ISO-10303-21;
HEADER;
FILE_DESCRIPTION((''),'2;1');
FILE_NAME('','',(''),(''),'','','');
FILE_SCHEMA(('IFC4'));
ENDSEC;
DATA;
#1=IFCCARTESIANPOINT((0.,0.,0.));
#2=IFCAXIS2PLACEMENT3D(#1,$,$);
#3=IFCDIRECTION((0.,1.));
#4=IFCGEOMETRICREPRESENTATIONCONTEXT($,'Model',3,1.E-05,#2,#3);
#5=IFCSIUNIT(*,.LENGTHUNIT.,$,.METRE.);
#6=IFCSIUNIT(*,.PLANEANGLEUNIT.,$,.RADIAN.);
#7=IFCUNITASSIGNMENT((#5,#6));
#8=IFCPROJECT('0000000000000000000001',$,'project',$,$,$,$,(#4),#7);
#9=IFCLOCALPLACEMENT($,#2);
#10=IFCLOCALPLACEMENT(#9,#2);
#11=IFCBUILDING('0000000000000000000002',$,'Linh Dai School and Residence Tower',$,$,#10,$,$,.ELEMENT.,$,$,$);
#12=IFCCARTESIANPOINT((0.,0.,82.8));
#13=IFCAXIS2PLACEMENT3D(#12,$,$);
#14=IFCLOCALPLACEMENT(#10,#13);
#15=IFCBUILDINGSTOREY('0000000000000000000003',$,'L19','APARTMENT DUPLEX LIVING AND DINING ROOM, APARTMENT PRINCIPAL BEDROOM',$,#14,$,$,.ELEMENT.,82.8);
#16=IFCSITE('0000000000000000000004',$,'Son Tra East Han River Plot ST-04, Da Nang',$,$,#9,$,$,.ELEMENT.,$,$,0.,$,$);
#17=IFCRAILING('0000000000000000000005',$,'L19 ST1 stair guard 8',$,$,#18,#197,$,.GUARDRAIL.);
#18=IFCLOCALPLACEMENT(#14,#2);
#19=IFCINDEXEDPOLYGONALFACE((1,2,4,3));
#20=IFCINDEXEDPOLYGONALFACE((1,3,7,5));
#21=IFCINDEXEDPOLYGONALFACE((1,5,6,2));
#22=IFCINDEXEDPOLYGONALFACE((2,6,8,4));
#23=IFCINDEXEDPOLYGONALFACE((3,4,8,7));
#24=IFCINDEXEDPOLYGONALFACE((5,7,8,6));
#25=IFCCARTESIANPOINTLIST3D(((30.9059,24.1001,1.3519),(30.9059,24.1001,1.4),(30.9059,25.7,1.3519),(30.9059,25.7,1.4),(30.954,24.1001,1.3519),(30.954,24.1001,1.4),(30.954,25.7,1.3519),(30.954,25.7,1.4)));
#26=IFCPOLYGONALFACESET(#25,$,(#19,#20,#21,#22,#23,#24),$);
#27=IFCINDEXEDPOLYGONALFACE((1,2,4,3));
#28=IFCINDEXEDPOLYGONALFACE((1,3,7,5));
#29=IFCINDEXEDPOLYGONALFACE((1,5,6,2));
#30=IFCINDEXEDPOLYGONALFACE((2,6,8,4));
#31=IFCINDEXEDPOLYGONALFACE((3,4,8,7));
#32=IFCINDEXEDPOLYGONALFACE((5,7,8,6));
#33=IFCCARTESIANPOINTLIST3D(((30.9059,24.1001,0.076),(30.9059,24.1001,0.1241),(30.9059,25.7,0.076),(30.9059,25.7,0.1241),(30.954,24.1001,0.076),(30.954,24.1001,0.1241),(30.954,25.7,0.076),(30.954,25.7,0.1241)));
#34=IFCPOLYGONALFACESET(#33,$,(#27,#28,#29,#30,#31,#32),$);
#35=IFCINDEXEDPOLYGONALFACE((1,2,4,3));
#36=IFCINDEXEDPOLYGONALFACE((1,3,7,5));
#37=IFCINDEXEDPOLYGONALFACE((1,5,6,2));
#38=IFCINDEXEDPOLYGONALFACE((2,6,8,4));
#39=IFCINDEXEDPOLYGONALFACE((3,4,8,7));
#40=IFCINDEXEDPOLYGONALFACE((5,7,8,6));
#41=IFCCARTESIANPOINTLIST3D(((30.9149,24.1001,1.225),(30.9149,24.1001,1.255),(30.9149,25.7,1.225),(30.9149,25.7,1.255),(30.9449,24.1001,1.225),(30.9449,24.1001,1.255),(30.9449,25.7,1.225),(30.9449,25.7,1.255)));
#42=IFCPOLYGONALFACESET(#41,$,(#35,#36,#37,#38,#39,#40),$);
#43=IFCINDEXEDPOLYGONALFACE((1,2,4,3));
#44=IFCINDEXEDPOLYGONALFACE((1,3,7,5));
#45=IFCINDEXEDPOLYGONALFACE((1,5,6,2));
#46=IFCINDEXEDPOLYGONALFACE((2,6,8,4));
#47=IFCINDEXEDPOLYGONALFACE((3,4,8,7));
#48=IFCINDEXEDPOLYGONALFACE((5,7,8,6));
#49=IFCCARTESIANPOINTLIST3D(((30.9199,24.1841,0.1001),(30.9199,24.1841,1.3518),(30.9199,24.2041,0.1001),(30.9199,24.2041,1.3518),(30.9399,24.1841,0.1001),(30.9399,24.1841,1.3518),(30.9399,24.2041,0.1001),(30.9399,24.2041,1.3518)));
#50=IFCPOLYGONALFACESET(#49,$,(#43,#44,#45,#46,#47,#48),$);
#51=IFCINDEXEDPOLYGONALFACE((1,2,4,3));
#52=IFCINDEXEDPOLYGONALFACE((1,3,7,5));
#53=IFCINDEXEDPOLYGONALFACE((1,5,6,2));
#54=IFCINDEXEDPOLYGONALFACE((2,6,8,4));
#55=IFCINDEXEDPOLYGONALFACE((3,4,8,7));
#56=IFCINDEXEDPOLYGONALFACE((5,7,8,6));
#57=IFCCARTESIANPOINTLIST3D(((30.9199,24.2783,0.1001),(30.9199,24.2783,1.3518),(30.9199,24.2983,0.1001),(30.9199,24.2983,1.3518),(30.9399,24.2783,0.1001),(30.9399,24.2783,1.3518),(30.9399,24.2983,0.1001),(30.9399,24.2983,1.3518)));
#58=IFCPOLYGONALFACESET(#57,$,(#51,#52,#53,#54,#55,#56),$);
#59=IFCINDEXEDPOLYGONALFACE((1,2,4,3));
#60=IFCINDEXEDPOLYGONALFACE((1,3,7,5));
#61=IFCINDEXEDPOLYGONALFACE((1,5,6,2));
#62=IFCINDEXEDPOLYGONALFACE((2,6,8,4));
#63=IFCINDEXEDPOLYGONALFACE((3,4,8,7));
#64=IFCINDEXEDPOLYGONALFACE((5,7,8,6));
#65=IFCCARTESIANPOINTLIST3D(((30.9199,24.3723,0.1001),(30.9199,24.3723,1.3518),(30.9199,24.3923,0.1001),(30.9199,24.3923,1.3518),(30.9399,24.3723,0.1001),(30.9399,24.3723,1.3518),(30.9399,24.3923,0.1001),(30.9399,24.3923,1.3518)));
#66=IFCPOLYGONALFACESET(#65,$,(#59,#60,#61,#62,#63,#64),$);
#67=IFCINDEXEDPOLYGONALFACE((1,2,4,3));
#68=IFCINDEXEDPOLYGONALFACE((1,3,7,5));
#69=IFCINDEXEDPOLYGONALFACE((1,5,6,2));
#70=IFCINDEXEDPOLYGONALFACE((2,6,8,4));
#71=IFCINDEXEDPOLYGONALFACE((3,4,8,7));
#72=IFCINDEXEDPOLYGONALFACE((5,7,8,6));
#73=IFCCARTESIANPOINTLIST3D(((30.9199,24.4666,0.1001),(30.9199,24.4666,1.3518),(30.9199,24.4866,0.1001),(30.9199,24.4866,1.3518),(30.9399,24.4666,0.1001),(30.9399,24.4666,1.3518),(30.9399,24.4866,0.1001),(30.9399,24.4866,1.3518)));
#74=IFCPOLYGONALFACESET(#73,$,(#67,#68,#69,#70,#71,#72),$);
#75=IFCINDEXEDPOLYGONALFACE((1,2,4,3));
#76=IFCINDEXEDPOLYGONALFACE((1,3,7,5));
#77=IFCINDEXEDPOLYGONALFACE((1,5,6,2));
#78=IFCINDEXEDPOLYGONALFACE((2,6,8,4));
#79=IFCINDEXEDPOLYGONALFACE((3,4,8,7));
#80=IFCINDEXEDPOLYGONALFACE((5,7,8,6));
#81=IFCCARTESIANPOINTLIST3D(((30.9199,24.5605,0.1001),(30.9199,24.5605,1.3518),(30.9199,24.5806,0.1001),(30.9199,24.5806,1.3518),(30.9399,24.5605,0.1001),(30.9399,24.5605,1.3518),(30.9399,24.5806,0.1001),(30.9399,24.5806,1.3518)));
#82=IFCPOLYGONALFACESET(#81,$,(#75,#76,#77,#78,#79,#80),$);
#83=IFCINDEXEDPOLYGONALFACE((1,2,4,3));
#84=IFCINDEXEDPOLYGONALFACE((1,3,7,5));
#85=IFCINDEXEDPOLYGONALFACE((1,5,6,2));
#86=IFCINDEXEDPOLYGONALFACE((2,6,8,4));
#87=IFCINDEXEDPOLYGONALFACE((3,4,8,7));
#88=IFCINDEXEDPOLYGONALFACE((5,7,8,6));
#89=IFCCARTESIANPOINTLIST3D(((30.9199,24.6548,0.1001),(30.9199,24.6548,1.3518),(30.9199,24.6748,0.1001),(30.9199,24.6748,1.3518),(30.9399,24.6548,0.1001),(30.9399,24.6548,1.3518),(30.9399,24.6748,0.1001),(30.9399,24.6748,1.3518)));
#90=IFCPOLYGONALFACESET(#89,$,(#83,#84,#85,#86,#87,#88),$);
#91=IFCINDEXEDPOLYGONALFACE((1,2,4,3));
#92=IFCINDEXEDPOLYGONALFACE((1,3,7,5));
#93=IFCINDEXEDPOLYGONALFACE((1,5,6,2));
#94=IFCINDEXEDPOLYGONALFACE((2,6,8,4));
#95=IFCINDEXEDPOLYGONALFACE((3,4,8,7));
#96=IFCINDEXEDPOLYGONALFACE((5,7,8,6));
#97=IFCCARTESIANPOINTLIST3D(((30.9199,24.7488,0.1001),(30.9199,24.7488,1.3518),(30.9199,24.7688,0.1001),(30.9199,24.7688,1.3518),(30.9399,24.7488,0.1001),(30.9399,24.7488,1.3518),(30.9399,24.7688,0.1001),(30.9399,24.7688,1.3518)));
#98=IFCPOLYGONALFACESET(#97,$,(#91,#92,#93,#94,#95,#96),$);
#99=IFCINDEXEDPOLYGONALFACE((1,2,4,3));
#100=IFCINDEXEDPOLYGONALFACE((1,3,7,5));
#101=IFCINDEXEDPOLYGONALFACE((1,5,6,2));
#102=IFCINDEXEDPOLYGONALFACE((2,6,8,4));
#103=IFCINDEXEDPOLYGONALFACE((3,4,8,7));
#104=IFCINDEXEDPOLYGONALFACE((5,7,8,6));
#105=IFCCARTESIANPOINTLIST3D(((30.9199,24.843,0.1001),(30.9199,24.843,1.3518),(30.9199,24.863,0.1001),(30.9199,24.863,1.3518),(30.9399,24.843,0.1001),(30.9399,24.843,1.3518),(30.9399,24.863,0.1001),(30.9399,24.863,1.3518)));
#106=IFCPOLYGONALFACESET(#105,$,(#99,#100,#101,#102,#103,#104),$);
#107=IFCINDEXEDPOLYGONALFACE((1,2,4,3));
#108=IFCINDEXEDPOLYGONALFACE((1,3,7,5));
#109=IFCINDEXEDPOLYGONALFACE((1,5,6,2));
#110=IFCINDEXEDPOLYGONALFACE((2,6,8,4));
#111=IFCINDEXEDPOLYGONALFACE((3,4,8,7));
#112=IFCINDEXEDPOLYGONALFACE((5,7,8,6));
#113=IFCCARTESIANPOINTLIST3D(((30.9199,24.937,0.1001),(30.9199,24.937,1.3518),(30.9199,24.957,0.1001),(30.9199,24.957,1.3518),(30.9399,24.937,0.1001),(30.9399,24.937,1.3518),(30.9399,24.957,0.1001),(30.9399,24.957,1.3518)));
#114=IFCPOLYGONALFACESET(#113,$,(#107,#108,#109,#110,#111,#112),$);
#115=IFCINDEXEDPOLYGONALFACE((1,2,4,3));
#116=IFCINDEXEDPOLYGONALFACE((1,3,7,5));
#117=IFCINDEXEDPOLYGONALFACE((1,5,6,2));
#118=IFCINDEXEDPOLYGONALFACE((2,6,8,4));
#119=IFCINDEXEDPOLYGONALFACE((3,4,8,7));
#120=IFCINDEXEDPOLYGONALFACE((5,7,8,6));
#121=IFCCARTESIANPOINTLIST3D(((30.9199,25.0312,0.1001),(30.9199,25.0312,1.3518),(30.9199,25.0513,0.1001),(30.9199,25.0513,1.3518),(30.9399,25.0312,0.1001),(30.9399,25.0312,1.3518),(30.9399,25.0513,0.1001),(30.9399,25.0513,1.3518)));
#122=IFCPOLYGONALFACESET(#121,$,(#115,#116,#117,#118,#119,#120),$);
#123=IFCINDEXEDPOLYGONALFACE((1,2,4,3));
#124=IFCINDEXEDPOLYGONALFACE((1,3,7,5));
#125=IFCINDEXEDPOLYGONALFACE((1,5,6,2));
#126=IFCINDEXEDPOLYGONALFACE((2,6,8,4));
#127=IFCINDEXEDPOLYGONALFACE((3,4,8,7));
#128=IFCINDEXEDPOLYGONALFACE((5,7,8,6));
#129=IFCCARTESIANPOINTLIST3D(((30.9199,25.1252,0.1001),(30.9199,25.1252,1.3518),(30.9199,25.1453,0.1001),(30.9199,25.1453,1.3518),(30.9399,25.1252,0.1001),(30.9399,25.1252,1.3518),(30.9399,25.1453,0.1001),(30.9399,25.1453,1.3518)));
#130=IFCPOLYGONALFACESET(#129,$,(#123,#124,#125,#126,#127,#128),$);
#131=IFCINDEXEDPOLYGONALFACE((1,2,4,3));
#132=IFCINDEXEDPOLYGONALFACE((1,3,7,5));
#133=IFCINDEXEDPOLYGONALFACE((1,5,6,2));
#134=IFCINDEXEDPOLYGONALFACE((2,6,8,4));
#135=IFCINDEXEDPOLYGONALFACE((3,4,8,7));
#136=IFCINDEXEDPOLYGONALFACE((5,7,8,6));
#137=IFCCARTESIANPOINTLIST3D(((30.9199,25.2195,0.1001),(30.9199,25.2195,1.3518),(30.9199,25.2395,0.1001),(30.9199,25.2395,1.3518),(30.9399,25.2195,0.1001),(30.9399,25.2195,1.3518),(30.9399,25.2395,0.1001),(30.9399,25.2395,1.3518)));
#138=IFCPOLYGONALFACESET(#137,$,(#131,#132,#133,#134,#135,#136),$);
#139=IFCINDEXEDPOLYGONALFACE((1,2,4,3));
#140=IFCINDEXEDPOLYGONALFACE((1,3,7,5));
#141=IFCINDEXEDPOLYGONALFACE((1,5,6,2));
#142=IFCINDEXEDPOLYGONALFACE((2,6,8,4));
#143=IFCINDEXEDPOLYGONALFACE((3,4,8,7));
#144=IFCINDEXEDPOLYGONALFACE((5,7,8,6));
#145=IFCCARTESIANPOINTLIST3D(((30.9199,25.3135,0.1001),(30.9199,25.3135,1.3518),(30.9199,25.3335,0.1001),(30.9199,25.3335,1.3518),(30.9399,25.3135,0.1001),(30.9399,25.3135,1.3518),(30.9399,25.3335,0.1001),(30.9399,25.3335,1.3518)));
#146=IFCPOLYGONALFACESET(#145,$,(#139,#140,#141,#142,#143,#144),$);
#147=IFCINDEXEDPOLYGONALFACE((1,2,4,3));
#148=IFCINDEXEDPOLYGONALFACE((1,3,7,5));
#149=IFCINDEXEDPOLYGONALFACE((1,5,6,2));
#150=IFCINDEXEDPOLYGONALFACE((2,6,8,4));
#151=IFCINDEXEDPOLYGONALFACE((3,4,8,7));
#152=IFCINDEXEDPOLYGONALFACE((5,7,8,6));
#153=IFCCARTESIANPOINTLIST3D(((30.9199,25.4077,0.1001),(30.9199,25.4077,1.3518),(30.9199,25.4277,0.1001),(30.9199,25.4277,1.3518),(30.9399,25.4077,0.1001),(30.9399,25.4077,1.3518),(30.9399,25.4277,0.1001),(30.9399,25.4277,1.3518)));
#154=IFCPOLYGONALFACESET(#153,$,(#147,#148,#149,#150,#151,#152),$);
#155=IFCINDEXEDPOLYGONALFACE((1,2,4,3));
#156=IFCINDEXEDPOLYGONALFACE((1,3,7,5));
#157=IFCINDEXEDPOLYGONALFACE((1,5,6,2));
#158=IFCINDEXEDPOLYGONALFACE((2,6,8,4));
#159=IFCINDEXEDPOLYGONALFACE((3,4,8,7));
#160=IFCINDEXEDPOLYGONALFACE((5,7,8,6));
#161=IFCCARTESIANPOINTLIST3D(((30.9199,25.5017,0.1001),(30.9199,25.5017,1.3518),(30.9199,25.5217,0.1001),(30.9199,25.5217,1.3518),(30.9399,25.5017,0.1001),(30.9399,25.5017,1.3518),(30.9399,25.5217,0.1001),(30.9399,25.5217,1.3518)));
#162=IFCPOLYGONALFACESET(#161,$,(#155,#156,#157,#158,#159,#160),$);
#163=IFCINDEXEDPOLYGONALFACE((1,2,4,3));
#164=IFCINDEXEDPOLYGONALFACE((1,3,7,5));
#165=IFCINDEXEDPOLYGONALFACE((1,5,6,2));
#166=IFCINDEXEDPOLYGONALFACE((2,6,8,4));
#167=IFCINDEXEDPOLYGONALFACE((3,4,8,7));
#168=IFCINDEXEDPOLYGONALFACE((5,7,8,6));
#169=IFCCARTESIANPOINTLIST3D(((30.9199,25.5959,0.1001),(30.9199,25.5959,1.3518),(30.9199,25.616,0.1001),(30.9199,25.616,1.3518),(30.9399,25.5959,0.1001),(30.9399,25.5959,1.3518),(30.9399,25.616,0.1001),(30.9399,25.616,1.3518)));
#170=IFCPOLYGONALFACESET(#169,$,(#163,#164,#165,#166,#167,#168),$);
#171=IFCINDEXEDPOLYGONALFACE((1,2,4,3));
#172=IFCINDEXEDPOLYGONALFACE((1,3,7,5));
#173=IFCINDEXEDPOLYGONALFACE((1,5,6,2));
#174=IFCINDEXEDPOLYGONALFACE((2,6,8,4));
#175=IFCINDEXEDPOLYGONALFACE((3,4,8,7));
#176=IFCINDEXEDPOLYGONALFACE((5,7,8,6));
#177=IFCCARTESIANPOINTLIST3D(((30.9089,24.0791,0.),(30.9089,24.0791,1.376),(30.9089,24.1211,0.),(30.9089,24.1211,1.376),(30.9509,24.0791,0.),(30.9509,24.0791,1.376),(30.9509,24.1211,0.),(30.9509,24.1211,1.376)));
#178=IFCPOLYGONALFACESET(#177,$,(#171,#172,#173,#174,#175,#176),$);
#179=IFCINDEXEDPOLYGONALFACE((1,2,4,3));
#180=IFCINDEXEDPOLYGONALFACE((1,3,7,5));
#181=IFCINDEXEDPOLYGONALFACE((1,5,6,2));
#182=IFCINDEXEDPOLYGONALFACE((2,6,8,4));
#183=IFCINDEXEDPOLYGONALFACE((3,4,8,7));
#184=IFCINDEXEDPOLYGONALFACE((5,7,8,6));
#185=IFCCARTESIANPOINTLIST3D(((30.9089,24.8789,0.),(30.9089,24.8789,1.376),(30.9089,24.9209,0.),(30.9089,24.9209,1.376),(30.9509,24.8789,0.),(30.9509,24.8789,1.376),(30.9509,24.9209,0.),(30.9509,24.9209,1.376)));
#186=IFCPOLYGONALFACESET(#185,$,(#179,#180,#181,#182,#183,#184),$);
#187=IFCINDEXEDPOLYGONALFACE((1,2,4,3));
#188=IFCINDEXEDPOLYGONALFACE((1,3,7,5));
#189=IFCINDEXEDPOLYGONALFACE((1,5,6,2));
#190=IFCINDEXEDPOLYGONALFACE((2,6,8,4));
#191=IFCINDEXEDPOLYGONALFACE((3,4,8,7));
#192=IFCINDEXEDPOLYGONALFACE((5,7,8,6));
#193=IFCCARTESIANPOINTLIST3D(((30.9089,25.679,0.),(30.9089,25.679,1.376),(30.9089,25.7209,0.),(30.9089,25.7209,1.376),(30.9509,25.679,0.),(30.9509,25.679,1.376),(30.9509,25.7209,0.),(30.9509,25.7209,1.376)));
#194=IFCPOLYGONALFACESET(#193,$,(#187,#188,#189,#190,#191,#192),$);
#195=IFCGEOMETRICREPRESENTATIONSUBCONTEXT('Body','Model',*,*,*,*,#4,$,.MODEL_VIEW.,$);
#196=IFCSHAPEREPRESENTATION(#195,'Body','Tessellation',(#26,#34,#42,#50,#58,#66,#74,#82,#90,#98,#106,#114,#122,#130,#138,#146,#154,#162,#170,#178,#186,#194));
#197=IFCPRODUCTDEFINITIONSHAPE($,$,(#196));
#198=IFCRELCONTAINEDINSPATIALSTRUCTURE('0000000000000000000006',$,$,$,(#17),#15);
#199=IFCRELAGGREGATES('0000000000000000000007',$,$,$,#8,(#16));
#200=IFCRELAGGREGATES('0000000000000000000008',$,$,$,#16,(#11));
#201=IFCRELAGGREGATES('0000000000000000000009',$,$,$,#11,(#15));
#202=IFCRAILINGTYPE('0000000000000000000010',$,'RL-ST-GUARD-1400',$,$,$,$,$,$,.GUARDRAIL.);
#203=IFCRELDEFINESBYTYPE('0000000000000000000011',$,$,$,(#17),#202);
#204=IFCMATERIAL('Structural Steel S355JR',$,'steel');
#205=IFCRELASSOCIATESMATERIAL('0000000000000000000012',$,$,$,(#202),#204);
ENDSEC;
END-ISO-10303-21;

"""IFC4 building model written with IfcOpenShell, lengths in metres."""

from ifc_helpers import new_model, si_unit, direction, frame, origin, origin_2d, place, context, subcontext, project, spatial, rectangle, extrude, source, transform, mapped, material, type_object, element, save


model = new_model("IFC4")

# Units and contexts
model_context = context("Model", 3, precision=1e-05, world=origin(), true_north=direction((0.0, 1.0)))
body_context = subcontext(model_context, "Body", "Model", "MODEL_VIEW")
ifc_project = project(units=[si_unit("LENGTHUNIT", "METRE"), si_unit("PLANEANGLEUNIT", "RADIAN")], contexts=[model_context])

# Site, building, storey
site_placement = place(None, origin())
site = spatial("IfcSite", under=ifc_project, at=site_placement, Name="Son Tra East Han River Plot ST-04, Da Nang", CompositionType="ELEMENT", RefElevation=0.0)
building_placement = place(site_placement, origin())
building = spatial("IfcBuilding", under=site, at=building_placement, Name="Linh Dai School and Residence Tower", CompositionType="ELEMENT")
storey_placement = place(building_placement, frame((0.0, 0.0, 82.8)))
storey = spatial("IfcBuildingStorey", under=building, at=storey_placement, Name="L19", Description="APARTMENT DUPLEX LIVING AND DINING ROOM, APARTMENT PRINCIPAL BEDROOM", CompositionType="ELEMENT", Elevation=82.8)

# Shared definitions
ifc_material_1 = material(Name="Structural Steel S355JR", Category="steel")

# Railing
railing_type_1 = type_object("IfcRailingType", Name="RL-ST-GUARD-1400", PredefinedType="GUARDRAIL", material=ifc_material_1)
shared_shape_1 = source(origin(), body_context, "Body", "SweptSolid", [
    extrude(rectangle(XDim=0.0481, YDim=0.0481, at=origin_2d()), frame((0.0, 0.0, 1.376), z_axis=(0.0, 1.0, 0.0), x_axis=(-1.0, 0.0, 0.0)), (0.0, 0.0, 1.0), 1.5999),
    extrude(rectangle(XDim=0.0481, YDim=0.0481, at=origin_2d()), frame((0.0, 0.0, 0.1001), z_axis=(0.0, 1.0, 0.0), x_axis=(-1.0, 0.0, 0.0)), (0.0, 0.0, 1.0), 1.5999),
    extrude(rectangle(XDim=0.03, YDim=0.03, at=origin_2d()), frame((0.0, 0.0, 1.24), z_axis=(0.0, 1.0, 0.0), x_axis=(-1.0, 0.0, 0.0)), (0.0, 0.0, 1.0), 1.5999),
    extrude(rectangle(XDim=0.02, YDim=0.02, at=origin_2d()), frame((0.0, 0.094, 0.1001)), (0.0, 0.0, 1.0), 1.2517),
    extrude(rectangle(XDim=0.02, YDim=0.02, at=origin_2d()), frame((0.0, 0.1882, 0.1001)), (0.0, 0.0, 1.0), 1.2517),
    extrude(rectangle(XDim=0.02, YDim=0.02, at=origin_2d()), frame((0.0, 0.2822, 0.1001)), (0.0, 0.0, 1.0), 1.2517),
    extrude(rectangle(XDim=0.02, YDim=0.02, at=origin_2d()), frame((0.0, 0.3765, 0.1001)), (0.0, 0.0, 1.0), 1.2517),
    extrude(rectangle(XDim=0.02, YDim=0.02, at=origin_2d()), frame((0.0, 0.4705, 0.1001)), (0.0, 0.0, 1.0), 1.2517),
    extrude(rectangle(XDim=0.02, YDim=0.02, at=origin_2d()), frame((0.0, 0.5647, 0.1001)), (0.0, 0.0, 1.0), 1.2517),
    extrude(rectangle(XDim=0.02, YDim=0.02, at=origin_2d()), frame((0.0, 0.6587, 0.1001)), (0.0, 0.0, 1.0), 1.2517),
    extrude(rectangle(XDim=0.02, YDim=0.02, at=origin_2d()), frame((0.0, 0.7529, 0.1001)), (0.0, 0.0, 1.0), 1.2517),
    extrude(rectangle(XDim=0.02, YDim=0.02, at=origin_2d()), frame((0.0, 0.8469, 0.1001)), (0.0, 0.0, 1.0), 1.2517),
    extrude(rectangle(XDim=0.02, YDim=0.02, at=origin_2d()), frame((0.0, 0.9412, 0.1001)), (0.0, 0.0, 1.0), 1.2517),
    extrude(rectangle(XDim=0.02, YDim=0.02, at=origin_2d()), frame((0.0, 1.0352, 0.1001)), (0.0, 0.0, 1.0), 1.2517),
    extrude(rectangle(XDim=0.02, YDim=0.02, at=origin_2d()), frame((0.0, 1.1294, 0.1001)), (0.0, 0.0, 1.0), 1.2517),
    extrude(rectangle(XDim=0.02, YDim=0.02, at=origin_2d()), frame((0.0, 1.2234, 0.1001)), (0.0, 0.0, 1.0), 1.2517),
    extrude(rectangle(XDim=0.02, YDim=0.02, at=origin_2d()), frame((0.0, 1.3176, 0.1001)), (0.0, 0.0, 1.0), 1.2517),
    extrude(rectangle(XDim=0.02, YDim=0.02, at=origin_2d()), frame((0.0, 1.4116, 0.1001)), (0.0, 0.0, 1.0), 1.2517),
    extrude(rectangle(XDim=0.02, YDim=0.02, at=origin_2d()), frame((0.0, 1.5059, 0.1001)), (0.0, 0.0, 1.0), 1.2517),
    extrude(rectangle(XDim=0.042, YDim=0.042, at=origin_2d()), origin(), (0.0, 0.0, 1.0), 1.376),
    extrude(rectangle(XDim=0.042, YDim=0.042, at=origin_2d()), frame((0.0, 0.7998, 0.0)), (0.0, 0.0, 1.0), 1.376),
    extrude(rectangle(XDim=0.042, YDim=0.042, at=origin_2d()), frame((0.0, 1.5999, 0.0)), (0.0, 0.0, 1.0), 1.376),
])
for number, where, name in (
    (1, (30.9299, 24.1001, 0.0), "L19 ST1 stair guard 8"),
):
    element("IfcRailing", number, at=place(storey_placement, frame(where)), inside=storey, type_object=railing_type_1, Name=name, PredefinedType="GUARDRAIL", context=body_context, shape_type="MappedRepresentation", body=[
        mapped(shared_shape_1, transform((0.0, 0.0, 0.0), x_axis=(1.0, 0.0, 0.0), y_axis=(0.0, 1.0, 0.0), z_axis=(0.0, 0.0, 1.0), scale=1.0)),
    ])

save(model, "model.ifc")
